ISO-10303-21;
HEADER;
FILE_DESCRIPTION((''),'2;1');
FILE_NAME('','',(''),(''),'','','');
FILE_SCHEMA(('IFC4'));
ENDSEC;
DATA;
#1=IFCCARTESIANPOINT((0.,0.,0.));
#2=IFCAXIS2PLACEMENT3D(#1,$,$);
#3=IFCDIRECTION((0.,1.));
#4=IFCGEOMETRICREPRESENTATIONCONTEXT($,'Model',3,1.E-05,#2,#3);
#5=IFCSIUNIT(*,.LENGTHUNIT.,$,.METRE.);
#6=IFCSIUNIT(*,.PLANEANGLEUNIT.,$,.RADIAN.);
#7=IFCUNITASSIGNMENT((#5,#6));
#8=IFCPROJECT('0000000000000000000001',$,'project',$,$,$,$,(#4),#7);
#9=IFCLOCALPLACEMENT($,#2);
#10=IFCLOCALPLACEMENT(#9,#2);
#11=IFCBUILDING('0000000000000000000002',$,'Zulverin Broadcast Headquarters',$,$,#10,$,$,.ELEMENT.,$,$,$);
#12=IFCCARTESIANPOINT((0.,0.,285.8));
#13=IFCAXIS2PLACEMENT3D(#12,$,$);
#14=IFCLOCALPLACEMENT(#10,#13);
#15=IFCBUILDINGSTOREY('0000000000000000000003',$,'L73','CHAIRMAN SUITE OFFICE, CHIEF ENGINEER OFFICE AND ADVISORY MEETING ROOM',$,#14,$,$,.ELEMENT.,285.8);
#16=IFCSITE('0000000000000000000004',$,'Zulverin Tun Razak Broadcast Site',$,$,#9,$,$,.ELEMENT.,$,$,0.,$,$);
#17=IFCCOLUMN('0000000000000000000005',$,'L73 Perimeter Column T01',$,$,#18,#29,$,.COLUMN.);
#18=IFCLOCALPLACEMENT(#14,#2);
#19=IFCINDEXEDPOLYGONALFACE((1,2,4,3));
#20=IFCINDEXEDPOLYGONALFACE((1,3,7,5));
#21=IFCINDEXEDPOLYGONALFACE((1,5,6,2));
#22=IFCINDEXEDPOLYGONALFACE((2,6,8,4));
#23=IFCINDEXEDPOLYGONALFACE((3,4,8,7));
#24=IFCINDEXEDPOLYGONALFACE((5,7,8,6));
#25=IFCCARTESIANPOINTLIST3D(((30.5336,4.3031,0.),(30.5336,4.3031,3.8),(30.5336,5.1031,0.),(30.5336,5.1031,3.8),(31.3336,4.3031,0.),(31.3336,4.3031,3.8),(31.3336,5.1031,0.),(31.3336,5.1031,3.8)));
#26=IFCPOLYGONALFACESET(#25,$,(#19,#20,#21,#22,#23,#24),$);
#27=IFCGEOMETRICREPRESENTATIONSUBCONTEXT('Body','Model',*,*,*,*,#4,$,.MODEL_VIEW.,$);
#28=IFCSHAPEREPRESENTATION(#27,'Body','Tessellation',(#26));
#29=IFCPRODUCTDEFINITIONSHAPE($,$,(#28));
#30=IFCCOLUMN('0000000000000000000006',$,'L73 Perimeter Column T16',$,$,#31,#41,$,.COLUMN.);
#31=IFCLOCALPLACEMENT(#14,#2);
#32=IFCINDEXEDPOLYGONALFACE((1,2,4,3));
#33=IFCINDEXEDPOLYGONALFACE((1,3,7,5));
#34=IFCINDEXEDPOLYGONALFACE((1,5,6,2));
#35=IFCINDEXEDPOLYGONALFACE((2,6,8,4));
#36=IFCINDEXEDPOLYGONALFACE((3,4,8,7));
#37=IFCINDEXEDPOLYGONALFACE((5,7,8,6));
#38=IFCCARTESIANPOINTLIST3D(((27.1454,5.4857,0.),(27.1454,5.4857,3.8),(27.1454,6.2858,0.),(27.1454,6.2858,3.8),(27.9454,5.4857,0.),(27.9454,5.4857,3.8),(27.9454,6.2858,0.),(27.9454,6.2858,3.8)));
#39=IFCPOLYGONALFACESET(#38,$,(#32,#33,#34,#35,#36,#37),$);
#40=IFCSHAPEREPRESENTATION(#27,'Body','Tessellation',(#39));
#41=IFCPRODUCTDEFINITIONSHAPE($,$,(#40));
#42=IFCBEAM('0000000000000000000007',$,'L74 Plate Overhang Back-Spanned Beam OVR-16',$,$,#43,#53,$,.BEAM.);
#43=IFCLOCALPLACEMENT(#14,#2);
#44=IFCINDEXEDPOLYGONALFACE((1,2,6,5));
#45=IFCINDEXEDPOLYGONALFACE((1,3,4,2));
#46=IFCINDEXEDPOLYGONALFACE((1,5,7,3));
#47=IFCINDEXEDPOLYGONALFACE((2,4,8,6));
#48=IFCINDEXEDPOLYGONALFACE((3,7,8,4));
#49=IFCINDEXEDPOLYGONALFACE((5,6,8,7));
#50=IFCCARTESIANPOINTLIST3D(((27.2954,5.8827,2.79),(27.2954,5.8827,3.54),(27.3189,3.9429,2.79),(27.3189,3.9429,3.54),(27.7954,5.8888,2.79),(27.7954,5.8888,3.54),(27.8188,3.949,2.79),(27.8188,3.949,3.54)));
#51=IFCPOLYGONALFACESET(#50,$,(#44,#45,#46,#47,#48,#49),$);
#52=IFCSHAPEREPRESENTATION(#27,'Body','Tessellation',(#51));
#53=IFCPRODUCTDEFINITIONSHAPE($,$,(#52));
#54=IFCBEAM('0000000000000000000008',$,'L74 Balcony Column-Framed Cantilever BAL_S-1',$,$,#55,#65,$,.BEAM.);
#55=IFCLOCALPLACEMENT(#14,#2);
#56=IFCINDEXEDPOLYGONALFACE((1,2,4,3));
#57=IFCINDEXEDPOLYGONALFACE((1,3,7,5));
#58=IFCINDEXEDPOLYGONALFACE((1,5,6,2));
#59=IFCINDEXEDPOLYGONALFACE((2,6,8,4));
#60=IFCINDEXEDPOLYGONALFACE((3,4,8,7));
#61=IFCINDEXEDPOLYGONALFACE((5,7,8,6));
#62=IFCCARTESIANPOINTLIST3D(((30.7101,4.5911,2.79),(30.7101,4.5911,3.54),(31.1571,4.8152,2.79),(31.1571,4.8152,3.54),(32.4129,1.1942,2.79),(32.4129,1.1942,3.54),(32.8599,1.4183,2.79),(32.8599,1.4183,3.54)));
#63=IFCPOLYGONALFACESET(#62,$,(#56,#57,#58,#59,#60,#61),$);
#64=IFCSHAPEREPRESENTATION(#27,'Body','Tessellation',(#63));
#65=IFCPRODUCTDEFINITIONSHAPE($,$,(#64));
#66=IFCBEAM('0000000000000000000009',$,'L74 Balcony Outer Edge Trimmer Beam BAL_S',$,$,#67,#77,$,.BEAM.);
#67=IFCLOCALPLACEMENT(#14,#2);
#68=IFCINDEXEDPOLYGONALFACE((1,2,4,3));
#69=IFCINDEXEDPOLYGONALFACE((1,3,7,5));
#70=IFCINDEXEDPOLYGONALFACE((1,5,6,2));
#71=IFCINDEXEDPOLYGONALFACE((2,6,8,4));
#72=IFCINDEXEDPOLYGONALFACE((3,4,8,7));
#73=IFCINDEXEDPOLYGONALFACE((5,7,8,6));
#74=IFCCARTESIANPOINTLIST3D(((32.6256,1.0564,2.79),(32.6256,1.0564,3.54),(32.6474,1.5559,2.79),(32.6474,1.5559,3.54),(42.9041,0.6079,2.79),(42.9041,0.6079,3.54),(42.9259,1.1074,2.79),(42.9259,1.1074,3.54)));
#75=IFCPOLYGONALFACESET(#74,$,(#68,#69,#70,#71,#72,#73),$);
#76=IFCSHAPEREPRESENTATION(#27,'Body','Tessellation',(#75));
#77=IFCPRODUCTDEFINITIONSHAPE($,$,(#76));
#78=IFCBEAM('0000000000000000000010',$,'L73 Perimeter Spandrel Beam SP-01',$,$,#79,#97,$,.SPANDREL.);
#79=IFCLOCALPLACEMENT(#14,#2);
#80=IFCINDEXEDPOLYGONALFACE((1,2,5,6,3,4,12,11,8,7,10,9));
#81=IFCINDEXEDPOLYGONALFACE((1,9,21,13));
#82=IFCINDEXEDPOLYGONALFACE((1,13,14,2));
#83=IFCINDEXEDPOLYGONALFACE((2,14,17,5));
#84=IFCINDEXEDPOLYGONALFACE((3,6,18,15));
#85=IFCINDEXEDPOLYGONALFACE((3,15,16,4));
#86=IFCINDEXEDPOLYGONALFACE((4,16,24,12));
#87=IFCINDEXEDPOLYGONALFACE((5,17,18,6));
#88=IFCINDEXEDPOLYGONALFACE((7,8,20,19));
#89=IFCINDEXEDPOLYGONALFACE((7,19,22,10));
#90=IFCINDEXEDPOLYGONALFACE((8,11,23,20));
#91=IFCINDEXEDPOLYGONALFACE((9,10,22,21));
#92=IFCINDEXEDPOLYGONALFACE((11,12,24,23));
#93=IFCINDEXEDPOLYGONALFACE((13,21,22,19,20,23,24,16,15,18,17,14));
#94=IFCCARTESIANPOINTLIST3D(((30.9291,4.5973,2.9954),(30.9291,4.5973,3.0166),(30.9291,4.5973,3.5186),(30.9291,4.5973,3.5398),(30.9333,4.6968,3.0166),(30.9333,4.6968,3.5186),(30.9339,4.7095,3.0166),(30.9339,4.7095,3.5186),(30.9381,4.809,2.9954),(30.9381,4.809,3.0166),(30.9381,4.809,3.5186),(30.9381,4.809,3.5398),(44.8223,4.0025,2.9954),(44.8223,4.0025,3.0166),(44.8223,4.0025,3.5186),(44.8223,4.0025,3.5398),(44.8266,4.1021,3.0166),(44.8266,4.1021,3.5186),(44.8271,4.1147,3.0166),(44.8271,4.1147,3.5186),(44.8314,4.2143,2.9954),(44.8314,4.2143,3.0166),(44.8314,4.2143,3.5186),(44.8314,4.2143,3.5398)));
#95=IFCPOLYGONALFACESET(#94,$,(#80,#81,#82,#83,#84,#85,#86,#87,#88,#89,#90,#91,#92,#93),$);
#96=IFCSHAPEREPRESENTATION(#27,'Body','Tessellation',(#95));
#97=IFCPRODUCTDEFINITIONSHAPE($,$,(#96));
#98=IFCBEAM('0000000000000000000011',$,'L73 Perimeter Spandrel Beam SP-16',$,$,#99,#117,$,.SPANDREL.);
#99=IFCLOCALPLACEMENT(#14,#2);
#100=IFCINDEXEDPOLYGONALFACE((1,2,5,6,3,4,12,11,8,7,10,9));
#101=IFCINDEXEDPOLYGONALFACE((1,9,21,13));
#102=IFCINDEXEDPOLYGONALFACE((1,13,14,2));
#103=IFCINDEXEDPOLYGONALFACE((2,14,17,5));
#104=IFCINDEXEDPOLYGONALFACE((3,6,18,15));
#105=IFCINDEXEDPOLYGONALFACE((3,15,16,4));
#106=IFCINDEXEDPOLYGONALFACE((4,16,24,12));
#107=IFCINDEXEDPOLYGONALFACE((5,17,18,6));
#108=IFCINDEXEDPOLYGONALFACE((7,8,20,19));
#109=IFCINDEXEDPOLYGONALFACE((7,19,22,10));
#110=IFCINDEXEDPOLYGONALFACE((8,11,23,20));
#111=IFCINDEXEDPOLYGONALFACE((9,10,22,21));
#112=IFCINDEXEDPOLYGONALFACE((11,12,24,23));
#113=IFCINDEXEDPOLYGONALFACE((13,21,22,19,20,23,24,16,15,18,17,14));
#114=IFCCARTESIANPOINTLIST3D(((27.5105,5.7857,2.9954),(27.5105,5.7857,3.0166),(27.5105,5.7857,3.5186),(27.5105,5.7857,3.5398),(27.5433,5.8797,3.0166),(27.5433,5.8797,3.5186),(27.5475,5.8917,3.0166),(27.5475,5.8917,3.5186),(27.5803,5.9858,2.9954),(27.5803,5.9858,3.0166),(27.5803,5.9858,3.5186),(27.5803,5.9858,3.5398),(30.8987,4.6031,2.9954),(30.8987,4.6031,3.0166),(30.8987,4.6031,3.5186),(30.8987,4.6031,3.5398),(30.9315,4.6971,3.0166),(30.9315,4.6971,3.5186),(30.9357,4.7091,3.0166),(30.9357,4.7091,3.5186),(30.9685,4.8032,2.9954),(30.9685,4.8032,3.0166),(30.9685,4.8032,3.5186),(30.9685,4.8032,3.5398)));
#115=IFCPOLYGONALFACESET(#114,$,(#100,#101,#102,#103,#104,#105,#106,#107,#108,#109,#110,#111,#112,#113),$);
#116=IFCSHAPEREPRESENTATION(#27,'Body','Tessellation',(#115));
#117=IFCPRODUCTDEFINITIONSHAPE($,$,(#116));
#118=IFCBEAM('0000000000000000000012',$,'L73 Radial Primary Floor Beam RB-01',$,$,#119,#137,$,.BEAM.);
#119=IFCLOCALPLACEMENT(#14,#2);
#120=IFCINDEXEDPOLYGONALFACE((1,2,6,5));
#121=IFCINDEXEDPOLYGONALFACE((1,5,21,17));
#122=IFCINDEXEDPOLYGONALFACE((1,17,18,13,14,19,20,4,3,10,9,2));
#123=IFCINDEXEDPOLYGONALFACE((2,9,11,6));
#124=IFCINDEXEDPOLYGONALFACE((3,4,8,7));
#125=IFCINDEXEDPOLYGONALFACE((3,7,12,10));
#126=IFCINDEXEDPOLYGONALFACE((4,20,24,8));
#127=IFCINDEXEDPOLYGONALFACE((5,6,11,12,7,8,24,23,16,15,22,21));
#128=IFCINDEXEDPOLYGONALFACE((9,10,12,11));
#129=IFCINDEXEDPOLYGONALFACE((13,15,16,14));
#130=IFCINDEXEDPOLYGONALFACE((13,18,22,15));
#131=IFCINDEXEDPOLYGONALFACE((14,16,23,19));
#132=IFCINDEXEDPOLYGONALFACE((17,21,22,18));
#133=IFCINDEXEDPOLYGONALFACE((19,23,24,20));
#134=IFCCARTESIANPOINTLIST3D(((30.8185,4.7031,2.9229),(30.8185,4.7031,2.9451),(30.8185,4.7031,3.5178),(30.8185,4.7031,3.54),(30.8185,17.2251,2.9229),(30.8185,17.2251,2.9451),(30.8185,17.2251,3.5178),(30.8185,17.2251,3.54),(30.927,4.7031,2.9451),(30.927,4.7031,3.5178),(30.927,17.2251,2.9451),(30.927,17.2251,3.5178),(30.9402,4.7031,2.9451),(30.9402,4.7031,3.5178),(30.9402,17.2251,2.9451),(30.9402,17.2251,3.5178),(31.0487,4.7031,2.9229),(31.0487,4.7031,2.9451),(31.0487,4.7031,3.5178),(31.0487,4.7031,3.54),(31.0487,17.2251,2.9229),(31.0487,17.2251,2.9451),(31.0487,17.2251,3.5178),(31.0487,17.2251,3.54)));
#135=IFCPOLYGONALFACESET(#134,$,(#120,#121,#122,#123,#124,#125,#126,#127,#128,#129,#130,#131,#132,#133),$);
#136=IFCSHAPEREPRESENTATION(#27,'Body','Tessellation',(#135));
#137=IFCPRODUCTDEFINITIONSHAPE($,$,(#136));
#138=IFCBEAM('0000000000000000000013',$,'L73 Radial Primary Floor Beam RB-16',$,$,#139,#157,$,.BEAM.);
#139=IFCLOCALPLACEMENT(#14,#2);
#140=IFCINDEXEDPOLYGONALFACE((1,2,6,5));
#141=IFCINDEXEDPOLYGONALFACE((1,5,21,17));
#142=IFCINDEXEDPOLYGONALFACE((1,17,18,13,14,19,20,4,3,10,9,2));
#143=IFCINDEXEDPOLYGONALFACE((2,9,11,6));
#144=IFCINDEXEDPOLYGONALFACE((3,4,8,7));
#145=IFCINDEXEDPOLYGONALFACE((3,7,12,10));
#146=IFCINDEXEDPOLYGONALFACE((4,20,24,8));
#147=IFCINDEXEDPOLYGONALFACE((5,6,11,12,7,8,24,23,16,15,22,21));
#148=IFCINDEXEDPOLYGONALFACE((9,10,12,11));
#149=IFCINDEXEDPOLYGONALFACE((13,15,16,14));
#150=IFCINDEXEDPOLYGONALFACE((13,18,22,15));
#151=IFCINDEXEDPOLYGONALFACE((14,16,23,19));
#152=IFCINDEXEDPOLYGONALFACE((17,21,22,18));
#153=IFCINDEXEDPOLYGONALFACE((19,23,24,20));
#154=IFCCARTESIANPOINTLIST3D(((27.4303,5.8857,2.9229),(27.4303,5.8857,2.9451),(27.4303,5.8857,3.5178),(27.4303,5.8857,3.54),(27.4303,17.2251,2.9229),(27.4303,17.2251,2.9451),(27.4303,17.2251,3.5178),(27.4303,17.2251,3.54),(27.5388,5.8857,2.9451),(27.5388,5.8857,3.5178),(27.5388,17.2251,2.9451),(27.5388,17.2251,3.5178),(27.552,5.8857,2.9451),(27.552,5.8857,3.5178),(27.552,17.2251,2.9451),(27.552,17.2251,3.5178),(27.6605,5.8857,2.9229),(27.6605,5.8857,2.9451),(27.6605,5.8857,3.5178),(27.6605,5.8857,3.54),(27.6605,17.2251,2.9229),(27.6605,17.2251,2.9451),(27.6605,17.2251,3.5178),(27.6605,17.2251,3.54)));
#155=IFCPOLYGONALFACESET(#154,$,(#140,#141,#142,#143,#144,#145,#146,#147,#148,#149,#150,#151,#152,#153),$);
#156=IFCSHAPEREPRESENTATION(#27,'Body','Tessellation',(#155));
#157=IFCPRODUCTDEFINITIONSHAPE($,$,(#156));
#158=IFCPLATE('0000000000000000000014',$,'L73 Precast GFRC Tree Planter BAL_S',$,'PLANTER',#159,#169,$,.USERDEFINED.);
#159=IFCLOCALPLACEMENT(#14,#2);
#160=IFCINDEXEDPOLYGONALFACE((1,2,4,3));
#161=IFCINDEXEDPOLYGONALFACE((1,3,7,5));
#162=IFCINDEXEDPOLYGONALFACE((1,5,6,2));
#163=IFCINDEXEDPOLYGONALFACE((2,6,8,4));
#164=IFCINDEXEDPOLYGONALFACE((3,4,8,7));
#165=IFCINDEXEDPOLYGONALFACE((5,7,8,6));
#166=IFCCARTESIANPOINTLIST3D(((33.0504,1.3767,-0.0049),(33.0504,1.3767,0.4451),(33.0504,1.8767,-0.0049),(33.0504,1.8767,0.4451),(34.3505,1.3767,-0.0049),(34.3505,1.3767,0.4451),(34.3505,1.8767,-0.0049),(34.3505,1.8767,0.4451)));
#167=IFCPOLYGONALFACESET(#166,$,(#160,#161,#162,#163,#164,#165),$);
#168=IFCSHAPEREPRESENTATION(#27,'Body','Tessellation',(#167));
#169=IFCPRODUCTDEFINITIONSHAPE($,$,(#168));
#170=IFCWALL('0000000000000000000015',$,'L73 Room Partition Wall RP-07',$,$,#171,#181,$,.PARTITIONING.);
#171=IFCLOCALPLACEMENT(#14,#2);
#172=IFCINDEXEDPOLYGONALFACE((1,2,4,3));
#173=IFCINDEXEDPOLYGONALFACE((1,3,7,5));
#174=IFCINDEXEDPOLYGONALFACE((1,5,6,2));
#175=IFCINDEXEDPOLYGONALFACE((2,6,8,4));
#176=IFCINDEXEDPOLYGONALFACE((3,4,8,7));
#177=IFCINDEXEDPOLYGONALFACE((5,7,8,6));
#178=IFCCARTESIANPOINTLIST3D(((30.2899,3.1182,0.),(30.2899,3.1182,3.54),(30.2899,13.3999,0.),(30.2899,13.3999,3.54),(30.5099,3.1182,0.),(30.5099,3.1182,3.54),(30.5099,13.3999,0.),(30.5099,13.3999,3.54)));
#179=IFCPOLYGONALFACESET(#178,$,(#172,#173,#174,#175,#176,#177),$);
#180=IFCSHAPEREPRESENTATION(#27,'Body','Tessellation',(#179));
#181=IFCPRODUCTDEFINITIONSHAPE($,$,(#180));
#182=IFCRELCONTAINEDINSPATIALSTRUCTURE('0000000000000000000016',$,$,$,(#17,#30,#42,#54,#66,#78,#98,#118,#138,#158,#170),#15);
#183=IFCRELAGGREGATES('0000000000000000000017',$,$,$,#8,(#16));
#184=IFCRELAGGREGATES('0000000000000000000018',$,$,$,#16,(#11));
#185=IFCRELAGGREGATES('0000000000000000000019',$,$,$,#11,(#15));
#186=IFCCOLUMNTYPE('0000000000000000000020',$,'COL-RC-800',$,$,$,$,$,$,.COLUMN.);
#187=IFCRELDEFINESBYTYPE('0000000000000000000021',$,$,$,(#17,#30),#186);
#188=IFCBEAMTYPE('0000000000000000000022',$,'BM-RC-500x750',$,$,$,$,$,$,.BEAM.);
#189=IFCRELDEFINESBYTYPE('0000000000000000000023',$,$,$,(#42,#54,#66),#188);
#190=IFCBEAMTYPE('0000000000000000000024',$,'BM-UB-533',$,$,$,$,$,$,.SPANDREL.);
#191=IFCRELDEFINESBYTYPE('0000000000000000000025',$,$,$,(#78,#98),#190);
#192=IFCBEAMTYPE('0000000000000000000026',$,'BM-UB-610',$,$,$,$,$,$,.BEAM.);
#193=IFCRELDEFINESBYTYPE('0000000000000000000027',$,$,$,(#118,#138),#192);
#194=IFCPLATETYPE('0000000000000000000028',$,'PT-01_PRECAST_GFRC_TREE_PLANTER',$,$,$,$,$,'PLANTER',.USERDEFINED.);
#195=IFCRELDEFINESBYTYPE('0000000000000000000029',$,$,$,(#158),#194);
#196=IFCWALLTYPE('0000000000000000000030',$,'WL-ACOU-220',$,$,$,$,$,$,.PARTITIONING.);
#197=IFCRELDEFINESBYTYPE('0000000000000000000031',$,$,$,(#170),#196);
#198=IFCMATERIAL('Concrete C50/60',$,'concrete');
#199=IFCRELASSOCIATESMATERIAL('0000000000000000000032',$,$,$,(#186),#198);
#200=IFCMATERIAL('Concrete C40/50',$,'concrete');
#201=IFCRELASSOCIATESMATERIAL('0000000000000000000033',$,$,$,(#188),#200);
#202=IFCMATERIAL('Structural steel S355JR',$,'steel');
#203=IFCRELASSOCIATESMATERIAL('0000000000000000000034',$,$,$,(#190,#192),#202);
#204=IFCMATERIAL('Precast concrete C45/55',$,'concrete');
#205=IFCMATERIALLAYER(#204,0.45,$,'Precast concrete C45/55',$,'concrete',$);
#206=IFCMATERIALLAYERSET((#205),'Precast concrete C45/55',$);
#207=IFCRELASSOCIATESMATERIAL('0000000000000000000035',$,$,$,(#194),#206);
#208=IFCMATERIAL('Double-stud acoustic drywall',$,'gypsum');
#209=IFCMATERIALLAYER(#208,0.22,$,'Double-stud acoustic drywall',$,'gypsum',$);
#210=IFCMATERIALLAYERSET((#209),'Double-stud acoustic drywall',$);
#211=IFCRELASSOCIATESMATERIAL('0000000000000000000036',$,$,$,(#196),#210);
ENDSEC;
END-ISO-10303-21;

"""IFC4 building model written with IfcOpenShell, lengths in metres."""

from ifc_helpers import new_model, si_unit, direction, frame, frame_2d, origin, origin_2d, place, context, subcontext, project, spatial, rectangle, i_section, extrude, material, layer, layer_set, material_profile, profile_set, type_object, element, save


model = new_model("IFC4")

# Units and contexts
model_context = context("Model", 3, precision=1e-05, world=origin(), true_north=direction((0.0, 1.0)))
body_context = subcontext(model_context, "Body", "Model", "MODEL_VIEW")
ifc_project = project(units=[si_unit("LENGTHUNIT", "METRE"), si_unit("PLANEANGLEUNIT", "RADIAN")], contexts=[model_context])

# Site, building, storey
site_placement = place(None, origin())
site = spatial("IfcSite", under=ifc_project, at=site_placement, Name="Zulverin Tun Razak Broadcast Site", CompositionType="ELEMENT", RefElevation=0.0)
building_placement = place(site_placement, origin())
building = spatial("IfcBuilding", under=site, at=building_placement, Name="Zulverin Broadcast Headquarters", CompositionType="ELEMENT")
storey_placement = place(building_placement, frame((0.0, 0.0, 285.8)))
storey = spatial("IfcBuildingStorey", under=building, at=storey_placement, Name="L73", Description="CHAIRMAN SUITE OFFICE, CHIEF ENGINEER OFFICE AND ADVISORY MEETING ROOM", CompositionType="ELEMENT", Elevation=285.8)

# Columns
ifc_material_1 = material(Name="Concrete C50/60", Category="concrete")
ifc_material_profile_1 = material_profile(ifc_material_1, rectangle(XDim=0.8, YDim=0.8, at=origin_2d()), Name="Concrete C50/60", Category="concrete")
ifc_profile_set_1 = profile_set([ifc_material_profile_1], Name="Concrete C50/60")
column_type = type_object("IfcColumnType", Name="COL-RC-800", PredefinedType="COLUMN", material=ifc_profile_set_1)
for number, where, z_axis, x_axis, name in (
    (1, (30.9336, 4.7031, 0.0), (0.0, 0.0, 1.0), (1.0, 0.0, 0.0), "L73 Perimeter Column T01"),
    (2, (27.5454, 5.8857, 0.0), (0.0, 0.0, 1.0), (1.0, 0.0, 0.0), "L73 Perimeter Column T16"),
):
    element("IfcColumn", number, at=place(storey_placement, frame(where, z_axis=z_axis, x_axis=x_axis)), inside=storey, type_object=column_type, Name=name, PredefinedType="COLUMN", context=body_context, shape_type="SweptSolid", body=[
        extrude(rectangle(XDim=0.8, YDim=0.8, at=origin_2d()), origin(), (0.0, 0.0, 1.0), 3.8),
    ])

# Beams
ifc_material_2 = material(Name="Concrete C40/50", Category="concrete")
ifc_material_profile_2 = material_profile(ifc_material_2, rectangle(XDim=0.5, YDim=0.75, at=origin_2d()), Name="Concrete C40/50", Category="concrete")
ifc_profile_set_2 = profile_set([ifc_material_profile_2], Name="Concrete C40/50")
beam_type_1 = type_object("IfcBeamType", Name="BM-RC-500x750", PredefinedType="BEAM", material=ifc_profile_set_2)
beam_1_placement = place(storey_placement, frame((27.5454, 5.8857, 3.165), z_axis=(0.012082, -0.999927, 0.0), x_axis=(0.999927, 0.012082, 0.0)))
element("IfcBeam", 3, at=beam_1_placement, inside=storey, type_object=beam_type_1, Name="L74 Plate Overhang Back-Spanned Beam OVR-16", PredefinedType="BEAM", context=body_context, shape_type="SweptSolid", body=[
    extrude(rectangle(XDim=0.5, YDim=0.75, at=origin_2d()), origin(), (0.0, 0.0, 1.0), 1.9399),
])
beam_2_placement = place(storey_placement, frame((30.9336, 4.7031, 3.165), z_axis=(0.448139, -0.893964, 0.0), x_axis=(0.893964, 0.448139, 0.0)))
element("IfcBeam", 4, at=beam_2_placement, inside=storey, type_object=beam_type_1, Name="L74 Balcony Column-Framed Cantilever BAL_S-1", PredefinedType="BEAM", context=body_context, shape_type="SweptSolid", body=[
    extrude(rectangle(XDim=0.5, YDim=0.75, at=origin_2d()), origin(), (0.0, 0.0, 1.0), 3.7998),
])
beam_3_placement = place(storey_placement, frame((32.6365, 1.3062, 3.165), z_axis=(0.999049, -0.043592, 0.0), x_axis=(0.043592, 0.999049, 0.0)))
element("IfcBeam", 5, at=beam_3_placement, inside=storey, type_object=beam_type_1, Name="L74 Balcony Outer Edge Trimmer Beam BAL_S", PredefinedType="BEAM", context=body_context, shape_type="SweptSolid", body=[
    extrude(rectangle(XDim=0.5, YDim=0.75, at=origin_2d()), origin(), (0.0, 0.0, 1.0), 10.2883),
])
ifc_material_3 = material(Name="Structural steel S355JR", Category="steel")
ifc_material_profile_3 = material_profile(ifc_material_3, i_section(OverallWidth=0.2119, OverallDepth=0.5444, WebThickness=0.0127, FlangeThickness=0.0212, at=origin_2d()), Name="Structural steel S355JR", Category="steel")
ifc_profile_set_3 = profile_set([ifc_material_profile_3], Name="Structural steel S355JR")
beam_type_2 = type_object("IfcBeamType", Name="BM-UB-533", PredefinedType="SPANDREL", material=ifc_profile_set_3)
beam_4_placement = place(storey_placement, frame((30.9336, 4.7031, 3.2676), z_axis=(0.999085, -0.042768, 0.0), x_axis=(0.042768, 0.999085, 0.0)))
element("IfcBeam", 6, at=beam_4_placement, inside=storey, type_object=beam_type_2, Name="L73 Perimeter Spandrel Beam SP-01", PredefinedType="SPANDREL", context=body_context, shape_type="SweptSolid", body=[
    extrude(i_section(OverallWidth=0.2119, OverallDepth=0.5444, WebThickness=0.0127, FlangeThickness=0.0212, at=origin_2d()), origin(), (0.0, 0.0, 1.0), 13.906),
])
beam_5_placement = place(storey_placement, frame((27.5454, 5.8857, 3.2676), z_axis=(0.94414, -0.329544, 0.0), x_axis=(0.329544, 0.94414, 0.0)))
element("IfcBeam", 7, at=beam_5_placement, inside=storey, type_object=beam_type_2, Name="L73 Perimeter Spandrel Beam SP-16", PredefinedType="SPANDREL", context=body_context, shape_type="SweptSolid", body=[
    extrude(i_section(OverallWidth=0.2119, OverallDepth=0.5444, WebThickness=0.0127, FlangeThickness=0.0212, at=origin_2d()), origin(), (0.0, 0.0, 1.0), 3.5886),
])
ifc_material_profile_4 = material_profile(ifc_material_3, i_section(OverallWidth=0.2302, OverallDepth=0.6172, WebThickness=0.0132, FlangeThickness=0.0222, at=origin_2d()), Name="Structural steel S355JR", Category="steel")
ifc_profile_set_4 = profile_set([ifc_material_profile_4], Name="Structural steel S355JR")
beam_type_3 = type_object("IfcBeamType", Name="BM-UB-610", PredefinedType="BEAM", material=ifc_profile_set_4)
beam_6_placement = place(storey_placement, frame((30.9336, 17.2251, 3.2314), z_axis=(0.0, -1.0, 0.0), x_axis=(1.0, 0.0, 0.0)))
element("IfcBeam", 8, at=beam_6_placement, inside=storey, type_object=beam_type_3, Name="L73 Radial Primary Floor Beam RB-01", PredefinedType="BEAM", context=body_context, shape_type="SweptSolid", body=[
    extrude(i_section(OverallWidth=0.2302, OverallDepth=0.6172, WebThickness=0.0132, FlangeThickness=0.0222, at=origin_2d()), origin(), (0.0, 0.0, 1.0), 12.522),
])
beam_7_placement = place(storey_placement, frame((27.5454, 17.2251, 3.2314), z_axis=(0.0, -1.0, 0.0), x_axis=(1.0, 0.0, 0.0)))
element("IfcBeam", 9, at=beam_7_placement, inside=storey, type_object=beam_type_3, Name="L73 Radial Primary Floor Beam RB-16", PredefinedType="BEAM", context=body_context, shape_type="SweptSolid", body=[
    extrude(i_section(OverallWidth=0.2302, OverallDepth=0.6172, WebThickness=0.0132, FlangeThickness=0.0222, at=origin_2d()), origin(), (0.0, 0.0, 1.0), 11.3394),
])

# Plate
ifc_material_4 = material(Name="Precast concrete C45/55", Category="concrete")
ifc_layer_1 = layer(ifc_material_4, 0.45, Name="Precast concrete C45/55", Category="concrete")
ifc_layer_set_1 = layer_set([ifc_layer_1], Name="Precast concrete C45/55")
plate_type = type_object("IfcPlateType", Name="PT-01_PRECAST_GFRC_TREE_PLANTER", ElementType="PLANTER", PredefinedType="USERDEFINED", material=ifc_layer_set_1)
plate_placement = place(storey_placement, frame((33.7004, 1.6267, -0.0049), z_axis=(0.0, 0.0, 1.0), x_axis=(1.0, 0.0, 0.0)))
element("IfcPlate", 10, at=plate_placement, inside=storey, type_object=plate_type, Name="L73 Precast GFRC Tree Planter BAL_S", ObjectType="PLANTER", PredefinedType="USERDEFINED", context=body_context, shape_type="SweptSolid", body=[
    extrude(rectangle(XDim=1.3, YDim=0.5, at=origin_2d()), origin(), (0.0, 0.0, 1.0), 0.45),
])

# Wall
ifc_material_5 = material(Name="Double-stud acoustic drywall", Category="gypsum")
ifc_layer_2 = layer(ifc_material_5, 0.22, Name="Double-stud acoustic drywall", Category="gypsum")
ifc_layer_set_2 = layer_set([ifc_layer_2], Name="Double-stud acoustic drywall")
wall_type_1 = type_object("IfcWallType", Name="WL-ACOU-220", PredefinedType="PARTITIONING", material=ifc_layer_set_2)
wall_1_placement = place(storey_placement, frame((30.3999, 3.1182, 0.0), z_axis=(0.0, 0.0, 1.0), x_axis=(0.0, 1.0, 0.0)))
element("IfcWall", 11, at=wall_1_placement, inside=storey, type_object=wall_type_1, Name="L73 Room Partition Wall RP-07", PredefinedType="PARTITIONING", context=body_context, shape_type="SweptSolid", body=[
    extrude(rectangle(XDim=10.2817, YDim=0.22, at=frame_2d((5.1409, 0.0))), origin(), (0.0, 0.0, 1.0), 3.54),
])

save(model, "model.ifc")
